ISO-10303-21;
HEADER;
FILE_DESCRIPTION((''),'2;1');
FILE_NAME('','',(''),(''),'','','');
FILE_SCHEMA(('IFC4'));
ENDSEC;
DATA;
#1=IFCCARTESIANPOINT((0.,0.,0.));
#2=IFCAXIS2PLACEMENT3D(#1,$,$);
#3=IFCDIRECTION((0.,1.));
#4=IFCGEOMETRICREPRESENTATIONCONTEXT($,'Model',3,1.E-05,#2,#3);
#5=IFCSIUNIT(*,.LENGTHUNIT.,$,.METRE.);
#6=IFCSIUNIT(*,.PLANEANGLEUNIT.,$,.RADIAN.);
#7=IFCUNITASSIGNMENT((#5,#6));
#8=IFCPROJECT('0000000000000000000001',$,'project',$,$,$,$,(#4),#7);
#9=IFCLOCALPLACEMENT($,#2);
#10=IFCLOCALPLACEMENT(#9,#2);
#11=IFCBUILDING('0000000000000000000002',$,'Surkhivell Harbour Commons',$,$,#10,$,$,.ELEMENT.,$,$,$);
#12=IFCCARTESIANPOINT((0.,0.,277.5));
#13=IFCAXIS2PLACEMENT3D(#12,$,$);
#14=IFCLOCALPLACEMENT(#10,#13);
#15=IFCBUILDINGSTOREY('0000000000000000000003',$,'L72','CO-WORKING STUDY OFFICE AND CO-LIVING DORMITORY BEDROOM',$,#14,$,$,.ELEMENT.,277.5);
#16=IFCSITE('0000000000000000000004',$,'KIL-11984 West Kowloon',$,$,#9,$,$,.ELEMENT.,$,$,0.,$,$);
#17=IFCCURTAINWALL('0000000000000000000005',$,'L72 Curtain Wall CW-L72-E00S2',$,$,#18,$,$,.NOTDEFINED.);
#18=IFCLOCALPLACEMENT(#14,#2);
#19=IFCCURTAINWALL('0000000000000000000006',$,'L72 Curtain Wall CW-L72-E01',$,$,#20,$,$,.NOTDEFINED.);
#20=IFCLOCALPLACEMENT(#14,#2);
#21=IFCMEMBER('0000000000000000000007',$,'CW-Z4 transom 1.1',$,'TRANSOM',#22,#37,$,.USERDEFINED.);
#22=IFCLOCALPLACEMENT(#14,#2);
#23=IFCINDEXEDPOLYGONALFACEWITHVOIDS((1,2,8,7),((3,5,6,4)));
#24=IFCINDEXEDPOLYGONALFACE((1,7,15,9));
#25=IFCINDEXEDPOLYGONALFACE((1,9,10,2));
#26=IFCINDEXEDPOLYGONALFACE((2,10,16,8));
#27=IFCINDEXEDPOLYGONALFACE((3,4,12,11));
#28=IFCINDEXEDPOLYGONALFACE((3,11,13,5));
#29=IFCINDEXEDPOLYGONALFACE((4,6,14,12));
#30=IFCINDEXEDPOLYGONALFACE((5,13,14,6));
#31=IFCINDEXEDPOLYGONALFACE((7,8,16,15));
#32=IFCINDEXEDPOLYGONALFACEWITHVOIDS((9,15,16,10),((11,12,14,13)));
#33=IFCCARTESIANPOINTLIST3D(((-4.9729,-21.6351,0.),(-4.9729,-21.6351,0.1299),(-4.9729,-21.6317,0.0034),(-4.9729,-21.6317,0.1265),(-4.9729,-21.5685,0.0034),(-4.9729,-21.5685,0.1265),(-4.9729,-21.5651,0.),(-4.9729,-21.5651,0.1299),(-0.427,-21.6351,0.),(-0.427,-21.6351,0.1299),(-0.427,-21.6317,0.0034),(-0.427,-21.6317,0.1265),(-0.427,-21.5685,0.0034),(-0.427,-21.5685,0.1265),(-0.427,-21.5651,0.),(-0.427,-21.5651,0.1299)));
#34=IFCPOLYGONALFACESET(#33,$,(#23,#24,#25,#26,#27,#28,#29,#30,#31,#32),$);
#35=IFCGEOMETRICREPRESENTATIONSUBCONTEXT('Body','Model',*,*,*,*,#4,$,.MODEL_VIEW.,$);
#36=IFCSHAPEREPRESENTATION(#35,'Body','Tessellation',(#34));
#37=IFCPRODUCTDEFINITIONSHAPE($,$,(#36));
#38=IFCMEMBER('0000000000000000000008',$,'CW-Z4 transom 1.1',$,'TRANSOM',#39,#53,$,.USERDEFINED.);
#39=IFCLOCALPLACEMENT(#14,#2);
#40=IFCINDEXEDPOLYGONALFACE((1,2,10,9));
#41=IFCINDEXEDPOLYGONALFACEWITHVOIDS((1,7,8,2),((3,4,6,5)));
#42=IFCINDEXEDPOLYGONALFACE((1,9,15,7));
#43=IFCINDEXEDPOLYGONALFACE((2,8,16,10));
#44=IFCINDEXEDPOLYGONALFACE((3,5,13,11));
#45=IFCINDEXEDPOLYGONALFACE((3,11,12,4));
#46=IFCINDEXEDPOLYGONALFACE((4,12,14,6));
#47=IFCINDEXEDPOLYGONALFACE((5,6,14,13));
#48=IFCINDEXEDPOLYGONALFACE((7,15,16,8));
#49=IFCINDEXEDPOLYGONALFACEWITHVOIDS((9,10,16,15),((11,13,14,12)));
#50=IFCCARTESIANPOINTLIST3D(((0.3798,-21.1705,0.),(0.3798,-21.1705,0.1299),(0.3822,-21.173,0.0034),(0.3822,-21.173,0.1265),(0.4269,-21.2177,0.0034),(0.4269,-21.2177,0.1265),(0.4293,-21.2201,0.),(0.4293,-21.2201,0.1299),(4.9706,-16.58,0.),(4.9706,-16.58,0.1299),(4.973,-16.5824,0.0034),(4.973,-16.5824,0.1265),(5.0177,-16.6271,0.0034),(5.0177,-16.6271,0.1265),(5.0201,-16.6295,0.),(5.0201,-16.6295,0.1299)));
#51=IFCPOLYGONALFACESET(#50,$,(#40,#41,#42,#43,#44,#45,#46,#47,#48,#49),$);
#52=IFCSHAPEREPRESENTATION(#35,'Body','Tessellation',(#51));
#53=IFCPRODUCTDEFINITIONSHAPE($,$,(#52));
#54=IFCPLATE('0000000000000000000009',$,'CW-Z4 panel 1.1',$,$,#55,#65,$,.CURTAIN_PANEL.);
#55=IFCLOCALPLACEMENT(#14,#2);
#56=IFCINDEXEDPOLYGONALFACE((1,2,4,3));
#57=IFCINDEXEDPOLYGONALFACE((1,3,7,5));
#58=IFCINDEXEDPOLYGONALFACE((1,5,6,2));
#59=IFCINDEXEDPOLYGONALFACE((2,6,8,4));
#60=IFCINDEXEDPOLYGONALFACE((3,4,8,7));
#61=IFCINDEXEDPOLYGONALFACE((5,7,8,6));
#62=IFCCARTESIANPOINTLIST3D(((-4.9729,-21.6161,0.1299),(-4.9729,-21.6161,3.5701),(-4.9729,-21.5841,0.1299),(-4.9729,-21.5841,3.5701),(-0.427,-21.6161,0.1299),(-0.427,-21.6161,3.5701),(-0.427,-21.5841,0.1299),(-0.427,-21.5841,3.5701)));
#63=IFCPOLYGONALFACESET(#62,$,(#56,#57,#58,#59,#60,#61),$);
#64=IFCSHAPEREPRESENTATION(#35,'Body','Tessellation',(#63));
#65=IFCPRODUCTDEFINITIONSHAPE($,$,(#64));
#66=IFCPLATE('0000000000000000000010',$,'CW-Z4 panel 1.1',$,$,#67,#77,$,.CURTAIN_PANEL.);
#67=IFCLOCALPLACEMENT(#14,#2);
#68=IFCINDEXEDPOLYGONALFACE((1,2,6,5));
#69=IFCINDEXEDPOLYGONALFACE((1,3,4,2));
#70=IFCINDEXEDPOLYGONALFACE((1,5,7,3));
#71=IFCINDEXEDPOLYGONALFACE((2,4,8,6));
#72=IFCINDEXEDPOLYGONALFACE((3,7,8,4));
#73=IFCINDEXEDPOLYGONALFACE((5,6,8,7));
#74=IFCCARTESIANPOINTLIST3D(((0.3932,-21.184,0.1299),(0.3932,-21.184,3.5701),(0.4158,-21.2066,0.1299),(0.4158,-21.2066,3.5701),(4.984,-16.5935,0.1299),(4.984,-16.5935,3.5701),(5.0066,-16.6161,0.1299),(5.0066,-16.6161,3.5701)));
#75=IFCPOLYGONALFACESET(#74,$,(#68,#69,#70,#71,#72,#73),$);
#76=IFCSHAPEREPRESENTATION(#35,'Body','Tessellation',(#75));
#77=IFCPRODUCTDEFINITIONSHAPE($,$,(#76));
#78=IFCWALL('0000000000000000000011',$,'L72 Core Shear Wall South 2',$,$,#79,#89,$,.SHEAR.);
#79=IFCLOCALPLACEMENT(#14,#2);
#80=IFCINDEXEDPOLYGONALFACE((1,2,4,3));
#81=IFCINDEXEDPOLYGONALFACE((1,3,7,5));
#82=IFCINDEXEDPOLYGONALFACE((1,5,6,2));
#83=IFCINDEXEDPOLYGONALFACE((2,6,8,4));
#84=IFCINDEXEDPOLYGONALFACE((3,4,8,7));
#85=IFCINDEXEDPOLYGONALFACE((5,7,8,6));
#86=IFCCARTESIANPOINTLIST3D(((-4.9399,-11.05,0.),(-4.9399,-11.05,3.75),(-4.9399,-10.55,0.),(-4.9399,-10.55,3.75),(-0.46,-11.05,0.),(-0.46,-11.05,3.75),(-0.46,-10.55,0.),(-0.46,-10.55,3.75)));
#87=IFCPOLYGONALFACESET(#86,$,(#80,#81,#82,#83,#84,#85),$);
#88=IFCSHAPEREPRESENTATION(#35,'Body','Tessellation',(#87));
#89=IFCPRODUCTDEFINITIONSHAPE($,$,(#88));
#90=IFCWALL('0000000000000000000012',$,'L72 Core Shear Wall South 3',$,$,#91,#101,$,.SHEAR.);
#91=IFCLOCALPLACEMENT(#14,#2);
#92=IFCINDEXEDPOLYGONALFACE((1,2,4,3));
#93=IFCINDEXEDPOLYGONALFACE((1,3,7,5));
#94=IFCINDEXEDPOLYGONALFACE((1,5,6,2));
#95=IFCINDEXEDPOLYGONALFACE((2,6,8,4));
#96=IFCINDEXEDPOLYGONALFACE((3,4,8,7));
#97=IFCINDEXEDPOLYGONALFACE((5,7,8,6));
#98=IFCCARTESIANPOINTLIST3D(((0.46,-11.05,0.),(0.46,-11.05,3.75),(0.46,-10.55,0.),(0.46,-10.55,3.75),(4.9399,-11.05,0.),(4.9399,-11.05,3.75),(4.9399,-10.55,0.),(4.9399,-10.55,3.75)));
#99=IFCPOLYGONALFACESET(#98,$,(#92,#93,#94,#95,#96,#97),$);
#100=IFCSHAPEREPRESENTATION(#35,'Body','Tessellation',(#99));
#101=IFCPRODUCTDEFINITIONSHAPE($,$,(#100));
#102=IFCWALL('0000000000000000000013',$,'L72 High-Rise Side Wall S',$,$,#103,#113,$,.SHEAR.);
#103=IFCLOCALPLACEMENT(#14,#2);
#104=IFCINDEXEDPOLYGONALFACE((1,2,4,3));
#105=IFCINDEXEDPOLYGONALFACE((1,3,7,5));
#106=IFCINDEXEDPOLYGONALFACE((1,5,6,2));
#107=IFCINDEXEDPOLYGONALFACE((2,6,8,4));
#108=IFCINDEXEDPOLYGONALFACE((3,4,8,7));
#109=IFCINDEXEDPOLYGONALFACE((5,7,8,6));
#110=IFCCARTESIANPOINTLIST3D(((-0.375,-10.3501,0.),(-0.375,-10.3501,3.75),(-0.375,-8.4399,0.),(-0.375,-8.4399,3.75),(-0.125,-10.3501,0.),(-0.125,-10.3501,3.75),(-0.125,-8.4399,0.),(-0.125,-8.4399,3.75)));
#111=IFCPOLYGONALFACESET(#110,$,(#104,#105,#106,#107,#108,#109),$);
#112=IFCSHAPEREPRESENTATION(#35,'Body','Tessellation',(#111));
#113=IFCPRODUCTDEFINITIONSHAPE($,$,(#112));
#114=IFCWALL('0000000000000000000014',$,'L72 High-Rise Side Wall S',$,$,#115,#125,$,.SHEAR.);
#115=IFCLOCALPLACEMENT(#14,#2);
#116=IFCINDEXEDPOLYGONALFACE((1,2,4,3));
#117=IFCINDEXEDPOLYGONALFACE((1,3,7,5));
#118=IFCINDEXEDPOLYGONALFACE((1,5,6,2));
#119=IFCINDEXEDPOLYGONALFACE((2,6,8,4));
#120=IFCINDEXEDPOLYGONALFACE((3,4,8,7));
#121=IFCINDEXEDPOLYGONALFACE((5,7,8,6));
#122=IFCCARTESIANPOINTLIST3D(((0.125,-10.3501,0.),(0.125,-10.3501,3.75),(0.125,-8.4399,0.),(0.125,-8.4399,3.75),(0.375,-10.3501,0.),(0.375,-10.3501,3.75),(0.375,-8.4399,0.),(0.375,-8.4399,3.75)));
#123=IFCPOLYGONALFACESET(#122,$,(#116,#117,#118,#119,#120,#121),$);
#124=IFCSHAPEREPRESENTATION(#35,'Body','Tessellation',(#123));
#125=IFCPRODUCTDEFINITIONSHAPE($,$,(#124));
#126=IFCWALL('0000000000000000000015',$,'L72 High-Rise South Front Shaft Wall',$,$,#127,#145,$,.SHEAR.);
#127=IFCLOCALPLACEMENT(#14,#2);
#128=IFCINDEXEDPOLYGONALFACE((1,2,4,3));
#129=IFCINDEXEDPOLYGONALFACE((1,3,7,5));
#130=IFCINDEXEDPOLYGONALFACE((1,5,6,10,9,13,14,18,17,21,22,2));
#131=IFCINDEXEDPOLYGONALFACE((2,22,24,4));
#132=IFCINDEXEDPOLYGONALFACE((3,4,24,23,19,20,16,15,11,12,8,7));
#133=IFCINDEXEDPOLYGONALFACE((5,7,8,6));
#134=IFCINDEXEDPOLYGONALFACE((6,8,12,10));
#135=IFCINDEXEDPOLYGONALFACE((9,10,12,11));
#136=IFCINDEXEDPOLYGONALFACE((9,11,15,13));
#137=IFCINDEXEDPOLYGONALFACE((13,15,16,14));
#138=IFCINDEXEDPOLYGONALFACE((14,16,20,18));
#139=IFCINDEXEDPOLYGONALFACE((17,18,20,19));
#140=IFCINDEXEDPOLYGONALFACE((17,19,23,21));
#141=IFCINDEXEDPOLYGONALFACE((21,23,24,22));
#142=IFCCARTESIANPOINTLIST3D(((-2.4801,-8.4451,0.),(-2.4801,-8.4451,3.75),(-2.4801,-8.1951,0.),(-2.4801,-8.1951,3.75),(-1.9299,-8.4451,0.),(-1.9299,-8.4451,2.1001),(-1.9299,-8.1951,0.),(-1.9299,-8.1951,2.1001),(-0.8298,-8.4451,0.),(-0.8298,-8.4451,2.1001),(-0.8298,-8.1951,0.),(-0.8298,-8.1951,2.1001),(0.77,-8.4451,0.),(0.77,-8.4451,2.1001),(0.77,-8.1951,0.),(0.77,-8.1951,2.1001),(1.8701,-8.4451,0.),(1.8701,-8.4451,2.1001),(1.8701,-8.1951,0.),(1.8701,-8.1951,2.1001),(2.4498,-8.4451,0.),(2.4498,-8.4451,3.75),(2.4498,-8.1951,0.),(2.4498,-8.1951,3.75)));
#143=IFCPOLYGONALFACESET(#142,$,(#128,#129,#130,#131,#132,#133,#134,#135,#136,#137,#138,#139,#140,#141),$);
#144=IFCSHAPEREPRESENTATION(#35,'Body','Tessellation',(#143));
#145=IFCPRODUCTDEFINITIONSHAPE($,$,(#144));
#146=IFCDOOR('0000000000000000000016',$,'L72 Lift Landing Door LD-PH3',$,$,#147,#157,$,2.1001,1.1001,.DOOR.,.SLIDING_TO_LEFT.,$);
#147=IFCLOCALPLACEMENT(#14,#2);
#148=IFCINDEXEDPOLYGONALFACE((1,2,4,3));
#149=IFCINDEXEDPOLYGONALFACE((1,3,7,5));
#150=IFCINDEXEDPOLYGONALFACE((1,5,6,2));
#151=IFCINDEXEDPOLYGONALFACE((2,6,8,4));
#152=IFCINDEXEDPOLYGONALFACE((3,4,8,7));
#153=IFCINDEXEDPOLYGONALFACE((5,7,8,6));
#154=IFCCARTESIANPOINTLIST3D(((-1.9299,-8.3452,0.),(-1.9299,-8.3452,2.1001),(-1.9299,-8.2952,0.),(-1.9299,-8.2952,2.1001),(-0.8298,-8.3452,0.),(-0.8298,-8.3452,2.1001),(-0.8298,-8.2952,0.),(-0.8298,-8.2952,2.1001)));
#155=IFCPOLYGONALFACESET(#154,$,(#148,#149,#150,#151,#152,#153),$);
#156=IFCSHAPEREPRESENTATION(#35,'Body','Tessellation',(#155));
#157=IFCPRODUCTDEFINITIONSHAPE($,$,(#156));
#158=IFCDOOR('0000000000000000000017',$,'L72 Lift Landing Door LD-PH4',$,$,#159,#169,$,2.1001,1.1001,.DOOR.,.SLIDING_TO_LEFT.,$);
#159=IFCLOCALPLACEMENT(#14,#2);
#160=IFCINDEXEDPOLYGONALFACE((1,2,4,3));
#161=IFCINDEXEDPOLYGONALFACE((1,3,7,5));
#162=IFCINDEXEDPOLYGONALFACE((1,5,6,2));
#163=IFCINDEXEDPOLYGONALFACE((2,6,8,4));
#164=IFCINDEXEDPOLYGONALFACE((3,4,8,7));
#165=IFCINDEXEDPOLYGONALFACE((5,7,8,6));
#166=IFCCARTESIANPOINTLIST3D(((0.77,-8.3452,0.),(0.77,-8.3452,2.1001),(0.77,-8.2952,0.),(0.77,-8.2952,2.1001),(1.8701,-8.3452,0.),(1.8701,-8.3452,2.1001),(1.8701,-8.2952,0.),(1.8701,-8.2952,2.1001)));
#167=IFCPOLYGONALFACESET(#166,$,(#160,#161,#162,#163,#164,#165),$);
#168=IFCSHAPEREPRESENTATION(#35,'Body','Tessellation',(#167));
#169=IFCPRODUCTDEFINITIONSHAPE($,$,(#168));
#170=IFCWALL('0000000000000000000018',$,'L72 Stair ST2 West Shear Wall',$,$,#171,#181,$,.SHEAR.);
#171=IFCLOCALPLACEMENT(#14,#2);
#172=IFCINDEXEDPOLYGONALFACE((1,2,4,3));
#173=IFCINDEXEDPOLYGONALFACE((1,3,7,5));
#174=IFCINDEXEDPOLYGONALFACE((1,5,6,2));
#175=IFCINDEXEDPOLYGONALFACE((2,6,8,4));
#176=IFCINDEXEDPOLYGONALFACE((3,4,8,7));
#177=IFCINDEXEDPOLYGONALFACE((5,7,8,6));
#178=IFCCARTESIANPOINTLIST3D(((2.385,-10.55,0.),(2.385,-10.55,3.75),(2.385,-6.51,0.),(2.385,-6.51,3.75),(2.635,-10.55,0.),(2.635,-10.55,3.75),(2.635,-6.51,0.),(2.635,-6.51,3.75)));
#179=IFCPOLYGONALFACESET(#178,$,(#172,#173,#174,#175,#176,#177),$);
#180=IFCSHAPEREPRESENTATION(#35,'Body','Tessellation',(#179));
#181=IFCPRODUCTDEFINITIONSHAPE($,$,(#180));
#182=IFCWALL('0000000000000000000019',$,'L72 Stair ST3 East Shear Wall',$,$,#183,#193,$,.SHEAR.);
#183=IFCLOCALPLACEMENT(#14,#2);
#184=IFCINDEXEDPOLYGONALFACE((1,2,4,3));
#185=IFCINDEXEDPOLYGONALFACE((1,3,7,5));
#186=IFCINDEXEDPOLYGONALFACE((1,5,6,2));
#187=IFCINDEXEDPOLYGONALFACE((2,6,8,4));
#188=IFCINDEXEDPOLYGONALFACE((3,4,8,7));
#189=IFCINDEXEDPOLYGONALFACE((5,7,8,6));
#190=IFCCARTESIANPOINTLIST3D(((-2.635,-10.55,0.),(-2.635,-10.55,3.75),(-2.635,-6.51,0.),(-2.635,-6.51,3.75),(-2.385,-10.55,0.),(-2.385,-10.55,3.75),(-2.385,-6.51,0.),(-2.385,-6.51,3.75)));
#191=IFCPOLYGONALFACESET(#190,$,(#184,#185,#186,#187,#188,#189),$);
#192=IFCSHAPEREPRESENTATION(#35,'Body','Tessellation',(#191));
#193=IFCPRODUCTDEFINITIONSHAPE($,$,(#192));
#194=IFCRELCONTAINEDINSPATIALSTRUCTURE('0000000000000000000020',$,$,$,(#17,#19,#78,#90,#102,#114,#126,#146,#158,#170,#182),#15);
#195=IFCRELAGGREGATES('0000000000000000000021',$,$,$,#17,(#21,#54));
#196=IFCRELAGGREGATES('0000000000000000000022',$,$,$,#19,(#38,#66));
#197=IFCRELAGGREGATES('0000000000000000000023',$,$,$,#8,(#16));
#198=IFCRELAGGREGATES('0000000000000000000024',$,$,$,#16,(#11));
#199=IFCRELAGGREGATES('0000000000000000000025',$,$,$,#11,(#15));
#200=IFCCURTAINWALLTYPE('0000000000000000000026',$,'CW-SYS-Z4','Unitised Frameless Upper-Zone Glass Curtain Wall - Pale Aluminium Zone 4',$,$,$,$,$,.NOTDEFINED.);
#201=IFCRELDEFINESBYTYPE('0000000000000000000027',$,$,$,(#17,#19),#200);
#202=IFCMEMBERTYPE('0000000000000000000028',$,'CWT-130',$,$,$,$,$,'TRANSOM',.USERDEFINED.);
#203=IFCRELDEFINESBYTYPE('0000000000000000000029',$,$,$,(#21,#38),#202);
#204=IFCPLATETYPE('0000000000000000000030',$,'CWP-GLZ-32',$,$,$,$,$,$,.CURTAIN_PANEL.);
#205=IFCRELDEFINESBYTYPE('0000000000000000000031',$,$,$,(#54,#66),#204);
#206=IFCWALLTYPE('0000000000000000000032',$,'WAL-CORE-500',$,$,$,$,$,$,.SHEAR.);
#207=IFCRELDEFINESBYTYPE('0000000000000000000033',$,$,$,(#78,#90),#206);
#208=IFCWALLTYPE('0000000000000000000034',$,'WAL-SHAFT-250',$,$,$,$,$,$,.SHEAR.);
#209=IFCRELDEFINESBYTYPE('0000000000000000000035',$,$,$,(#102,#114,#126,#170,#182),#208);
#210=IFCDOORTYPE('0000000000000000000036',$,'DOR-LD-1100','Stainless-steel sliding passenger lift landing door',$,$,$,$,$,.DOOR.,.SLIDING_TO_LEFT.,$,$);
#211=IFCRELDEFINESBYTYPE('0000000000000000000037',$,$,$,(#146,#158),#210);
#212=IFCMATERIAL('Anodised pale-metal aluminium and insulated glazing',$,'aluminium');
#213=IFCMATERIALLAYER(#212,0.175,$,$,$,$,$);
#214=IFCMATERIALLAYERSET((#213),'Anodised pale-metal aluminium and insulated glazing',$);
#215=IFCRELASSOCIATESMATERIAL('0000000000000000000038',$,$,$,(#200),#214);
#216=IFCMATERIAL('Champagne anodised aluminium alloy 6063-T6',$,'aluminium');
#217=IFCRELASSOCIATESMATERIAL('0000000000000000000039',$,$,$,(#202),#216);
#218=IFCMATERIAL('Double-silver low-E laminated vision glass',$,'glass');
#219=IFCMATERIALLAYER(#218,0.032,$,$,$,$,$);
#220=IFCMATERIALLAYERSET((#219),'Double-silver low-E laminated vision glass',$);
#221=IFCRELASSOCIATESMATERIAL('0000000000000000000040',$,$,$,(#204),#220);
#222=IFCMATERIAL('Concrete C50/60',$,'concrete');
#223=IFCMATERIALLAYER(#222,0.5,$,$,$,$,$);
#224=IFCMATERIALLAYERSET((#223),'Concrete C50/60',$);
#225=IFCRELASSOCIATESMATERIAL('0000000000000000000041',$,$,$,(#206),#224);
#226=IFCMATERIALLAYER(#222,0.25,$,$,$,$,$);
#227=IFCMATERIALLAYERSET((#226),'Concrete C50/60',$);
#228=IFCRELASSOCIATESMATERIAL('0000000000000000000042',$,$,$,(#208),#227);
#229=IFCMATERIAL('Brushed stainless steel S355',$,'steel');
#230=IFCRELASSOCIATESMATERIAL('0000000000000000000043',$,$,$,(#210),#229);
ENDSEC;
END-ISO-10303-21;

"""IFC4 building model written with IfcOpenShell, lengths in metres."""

from ifc_helpers import new_model, si_unit, direction, frame, frame_2d, origin, origin_2d, place, context, subcontext, project, spatial, rectangle, hollow_rectangle, extrude, material, layer, layer_set, material_profile, profile_set, type_object, element, fill, aggregate, save


model = new_model("IFC4")

# Units and contexts
model_context = context("Model", 3, precision=1e-05, world=origin(), true_north=direction((0.0, 1.0)))
body_context = subcontext(model_context, "Body", "Model", "MODEL_VIEW")
ifc_project = project(units=[si_unit("LENGTHUNIT", "METRE"), si_unit("PLANEANGLEUNIT", "RADIAN")], contexts=[model_context])

# Site, building, storey
site_placement = place(None, origin())
site = spatial("IfcSite", under=ifc_project, at=site_placement, Name="KIL-11984 West Kowloon", CompositionType="ELEMENT", RefElevation=0.0)
building_placement = place(site_placement, origin())
building = spatial("IfcBuilding", under=site, at=building_placement, Name="Surkhivell Harbour Commons", CompositionType="ELEMENT")
storey_placement = place(building_placement, frame((0.0, 0.0, 277.5)))
storey = spatial("IfcBuildingStorey", under=building, at=storey_placement, Name="L72", Description="CO-WORKING STUDY OFFICE AND CO-LIVING DORMITORY BEDROOM", CompositionType="ELEMENT", Elevation=277.5)

# Shared definitions
ifc_material_1 = material(Name="Concrete C50/60", Category="concrete")

# Curtain wall
ifc_material_2 = material(Name="Anodised pale-metal aluminium and insulated glazing", Category="aluminium")
ifc_layer_1 = layer(ifc_material_2, 0.175)
ifc_layer_set_1 = layer_set([ifc_layer_1], Name="Anodised pale-metal aluminium and insulated glazing")
curtain_wall_type = type_object("IfcCurtainWallType", Name="CW-SYS-Z4", Description="Unitised Frameless Upper-Zone Glass Curtain Wall - Pale Aluminium Zone 4", PredefinedType="NOTDEFINED", material=ifc_layer_set_1)
curtain_wall_1_placement = place(storey_placement, origin())
curtain_wall_1 = element("IfcCurtainWall", 1, at=curtain_wall_1_placement, inside=storey, type_object=curtain_wall_type, Name="L72 Curtain Wall CW-L72-E00S2", PredefinedType="NOTDEFINED")

# Curtain wall
curtain_wall_2_placement = place(storey_placement, origin())
curtain_wall_2 = element("IfcCurtainWall", 2, at=curtain_wall_2_placement, inside=storey, type_object=curtain_wall_type, Name="L72 Curtain Wall CW-L72-E01", PredefinedType="NOTDEFINED")

# Members
ifc_material_3 = material(Name="Champagne anodised aluminium alloy 6063-T6", Category="aluminium")
ifc_material_profile_1 = material_profile(ifc_material_3, hollow_rectangle(XDim=0.0701, YDim=0.1299, WallThickness=0.0034, at=origin_2d()), Name="ALU-TRAN-70x130")
ifc_profile_set_1 = profile_set([ifc_material_profile_1], Name="Champagne anodised aluminium alloy 6063-T6")
member_type_1 = type_object("IfcMemberType", Name="CWT-130", ElementType="TRANSOM", PredefinedType="USERDEFINED", material=ifc_profile_set_1)
member_1_placement = place(storey_placement, frame((-4.9729, -21.6001, 0.0649), z_axis=(1.0, 0.0, 0.0), x_axis=(0.0, 1.0, 0.0)))
member_1 = element("IfcMember", 3, at=member_1_placement, type_object=member_type_1, Name="CW-Z4 transom 1.1", ObjectType="TRANSOM", PredefinedType="USERDEFINED", context=body_context, shape_type="SweptSolid", body=[
    extrude(hollow_rectangle(XDim=0.0701, YDim=0.1299, WallThickness=0.0034, at=origin_2d()), origin(), (0.0, 0.0, 1.0), 4.5459),
])
member_2_placement = place(storey_placement, frame((0.4045, -21.1953, 0.0649), z_axis=(0.707126, 0.707088, 0.0), x_axis=(-0.707088, 0.707126, 0.0)))
member_2 = element("IfcMember", 4, at=member_2_placement, type_object=member_type_1, Name="CW-Z4 transom 1.1", ObjectType="TRANSOM", PredefinedType="USERDEFINED", context=body_context, shape_type="SweptSolid", body=[
    extrude(hollow_rectangle(XDim=0.0701, YDim=0.1299, WallThickness=0.0034, at=origin_2d()), origin(), (0.0, 0.0, 1.0), 6.4922),
])

# Plates
ifc_material_4 = material(Name="Double-silver low-E laminated vision glass", Category="glass")
ifc_layer_2 = layer(ifc_material_4, 0.032)
ifc_layer_set_2 = layer_set([ifc_layer_2], Name="Double-silver low-E laminated vision glass")
plate_type = type_object("IfcPlateType", Name="CWP-GLZ-32", PredefinedType="CURTAIN_PANEL", material=ifc_layer_set_2)
plate_1_placement = place(storey_placement, frame((-4.9729, -21.6001, 0.1299), z_axis=(0.0, 0.0, 1.0), x_axis=(1.0, 0.0, 0.0)))
plate_1 = element("IfcPlate", 5, at=plate_1_placement, type_object=plate_type, Name="CW-Z4 panel 1.1", PredefinedType="CURTAIN_PANEL", context=body_context, shape_type="SweptSolid", body=[
    extrude(rectangle(XDim=4.5459, YDim=0.032, at=frame_2d((2.2729, 0.0))), origin(), (0.0, 0.0, 1.0), 3.4402),
])
aggregate(curtain_wall_1, [member_1, plate_1])
plate_2_placement = place(storey_placement, frame((0.4045, -21.1953, 0.1299), z_axis=(0.0, 0.0, 1.0), x_axis=(0.707126, 0.707088, 0.0)))
plate_2 = element("IfcPlate", 6, at=plate_2_placement, type_object=plate_type, Name="CW-Z4 panel 1.1", PredefinedType="CURTAIN_PANEL", context=body_context, shape_type="SweptSolid", body=[
    extrude(rectangle(XDim=6.4922, YDim=0.032, at=frame_2d((3.2461, 0.0))), origin(), (0.0, 0.0, 1.0), 3.4402),
])
aggregate(curtain_wall_2, [member_2, plate_2])

# Walls
ifc_layer_3 = layer(ifc_material_1, 0.5)
ifc_layer_set_3 = layer_set([ifc_layer_3], Name="Concrete C50/60")
wall_type_1 = type_object("IfcWallType", Name="WAL-CORE-500", PredefinedType="SHEAR", material=ifc_layer_set_3)
for number, where, z_axis, x_axis, name in (
    (7, (-4.9399, -10.8, 0.0), (0.0, 0.0, 1.0), (1.0, 0.0, 0.0), "L72 Core Shear Wall South 2"),
    (8, (0.46, -10.8, 0.0), (0.0, 0.0, 1.0), (1.0, 0.0, 0.0), "L72 Core Shear Wall South 3"),
):
    element("IfcWall", number, at=place(storey_placement, frame(where, z_axis=z_axis, x_axis=x_axis)), inside=storey, type_object=wall_type_1, Name=name, PredefinedType="SHEAR", context=body_context, shape_type="SweptSolid", body=[
        extrude(rectangle(XDim=4.48, YDim=0.5, at=frame_2d((2.24, 0.0))), origin(), (0.0, 0.0, 1.0), 3.75),
    ])
ifc_layer_4 = layer(ifc_material_1, 0.25)
ifc_layer_set_4 = layer_set([ifc_layer_4], Name="Concrete C50/60")
wall_type_2 = type_object("IfcWallType", Name="WAL-SHAFT-250", PredefinedType="SHEAR", material=ifc_layer_set_4)
for number, where, z_axis, x_axis, name in (
    (9, (-0.25, -10.3501, 0.0), (0.0, 0.0, 1.0), (0.0, 1.0, 0.0), "L72 High-Rise Side Wall S"),
    (10, (0.25, -10.3501, 0.0), (0.0, 0.0, 1.0), (0.0, 1.0, 0.0), "L72 High-Rise Side Wall S"),
):
    element("IfcWall", number, at=place(storey_placement, frame(where, z_axis=z_axis, x_axis=x_axis)), inside=storey, type_object=wall_type_2, Name=name, PredefinedType="SHEAR", context=body_context, shape_type="SweptSolid", body=[
        extrude(rectangle(XDim=1.9102, YDim=0.25, at=frame_2d((0.9551, 0.0))), origin(), (0.0, 0.0, 1.0), 3.75),
    ])

# Wall, openings, doors
wall_placement = place(storey_placement, frame((-2.48, -8.3201, 0.0), z_axis=(0.0, 0.0, 1.0), x_axis=(1.0, 0.0, 0.0)))
wall = element("IfcWall", 11, at=wall_placement, inside=storey, type_object=wall_type_2, Name="L72 High-Rise South Front Shaft Wall", PredefinedType="SHEAR", context=body_context, shape_type="SweptSolid", body=[
    extrude(rectangle(XDim=4.9299, YDim=0.25, at=frame_2d((2.4648, 0.0))), origin(), (0.0, 0.0, 1.0), 3.75),
])
opening_1_placement = place(wall_placement, frame((0.55, 0.0, 0.0)))
opening_1 = element("IfcOpeningElement", 12, at=opening_1_placement, cuts=wall, PredefinedType="OPENING", context=body_context, shape_type="SweptSolid", body=[
    extrude(rectangle(XDim=1.1001, YDim=2.1001, at=frame_2d((0.55, 1.05))), frame((0.0, 0.135, 0.0), z_axis=(0.0, -1.0, 0.0), x_axis=(1.0, 0.0, 0.0)), (0.0, 0.0, 1.0), 0.27),
])
opening_2_placement = place(wall_placement, frame((3.25, 0.0, 0.0)))
opening_2 = element("IfcOpeningElement", 13, at=opening_2_placement, cuts=wall, PredefinedType="OPENING", context=body_context, shape_type="SweptSolid", body=[
    extrude(rectangle(XDim=1.1001, YDim=2.1001, at=frame_2d((0.55, 1.05))), frame((0.0, 0.135, 0.0), z_axis=(0.0, -1.0, 0.0), x_axis=(1.0, 0.0, 0.0)), (0.0, 0.0, 1.0), 0.27),
])
ifc_material_5 = material(Name="Brushed stainless steel S355", Category="steel")
door_type = type_object("IfcDoorType", Name="DOR-LD-1100", Description="Stainless-steel sliding passenger lift landing door", OperationType="SLIDING_TO_LEFT", PredefinedType="DOOR", material=ifc_material_5)
door_1_placement = place(opening_1_placement, origin())
door_1 = element("IfcDoor", 14, at=door_1_placement, inside=storey, type_object=door_type, Name="L72 Lift Landing Door LD-PH3", OperationType="SLIDING_TO_LEFT", OverallHeight=2.1001, OverallWidth=1.1001, PredefinedType="DOOR", context=body_context, shape_type="SweptSolid", body=[
    extrude(rectangle(XDim=1.1001, YDim=2.1001, at=frame_2d((0.55, 1.05))), frame((0.0, 0.0249, 0.0), z_axis=(0.0, -1.0, 0.0), x_axis=(1.0, 0.0, 0.0)), (0.0, 0.0, 1.0), 0.05),
])
fill(opening_1, door_1)
door_2_placement = place(opening_2_placement, origin())
door_2 = element("IfcDoor", 15, at=door_2_placement, inside=storey, type_object=door_type, Name="L72 Lift Landing Door LD-PH4", OperationType="SLIDING_TO_LEFT", OverallHeight=2.1001, OverallWidth=1.1001, PredefinedType="DOOR", context=body_context, shape_type="SweptSolid", body=[
    extrude(rectangle(XDim=1.1001, YDim=2.1001, at=frame_2d((0.55, 1.05))), frame((0.0, 0.0249, 0.0), z_axis=(0.0, -1.0, 0.0), x_axis=(1.0, 0.0, 0.0)), (0.0, 0.0, 1.0), 0.05),
])
fill(opening_2, door_2)

# Walls
for number, where, z_axis, x_axis, name in (
    (16, (2.51, -10.55, 0.0), (0.0, 0.0, 1.0), (0.0, 1.0, 0.0), "L72 Stair ST2 West Shear Wall"),
    (17, (-2.51, -10.55, 0.0), (0.0, 0.0, 1.0), (0.0, 1.0, 0.0), "L72 Stair ST3 East Shear Wall"),
):
    element("IfcWall", number, at=place(storey_placement, frame(where, z_axis=z_axis, x_axis=x_axis)), inside=storey, type_object=wall_type_2, Name=name, PredefinedType="SHEAR", context=body_context, shape_type="SweptSolid", body=[
        extrude(rectangle(XDim=4.04, YDim=0.25, at=frame_2d((2.02, 0.0))), origin(), (0.0, 0.0, 1.0), 3.75),
    ])

save(model, "model.ifc")
